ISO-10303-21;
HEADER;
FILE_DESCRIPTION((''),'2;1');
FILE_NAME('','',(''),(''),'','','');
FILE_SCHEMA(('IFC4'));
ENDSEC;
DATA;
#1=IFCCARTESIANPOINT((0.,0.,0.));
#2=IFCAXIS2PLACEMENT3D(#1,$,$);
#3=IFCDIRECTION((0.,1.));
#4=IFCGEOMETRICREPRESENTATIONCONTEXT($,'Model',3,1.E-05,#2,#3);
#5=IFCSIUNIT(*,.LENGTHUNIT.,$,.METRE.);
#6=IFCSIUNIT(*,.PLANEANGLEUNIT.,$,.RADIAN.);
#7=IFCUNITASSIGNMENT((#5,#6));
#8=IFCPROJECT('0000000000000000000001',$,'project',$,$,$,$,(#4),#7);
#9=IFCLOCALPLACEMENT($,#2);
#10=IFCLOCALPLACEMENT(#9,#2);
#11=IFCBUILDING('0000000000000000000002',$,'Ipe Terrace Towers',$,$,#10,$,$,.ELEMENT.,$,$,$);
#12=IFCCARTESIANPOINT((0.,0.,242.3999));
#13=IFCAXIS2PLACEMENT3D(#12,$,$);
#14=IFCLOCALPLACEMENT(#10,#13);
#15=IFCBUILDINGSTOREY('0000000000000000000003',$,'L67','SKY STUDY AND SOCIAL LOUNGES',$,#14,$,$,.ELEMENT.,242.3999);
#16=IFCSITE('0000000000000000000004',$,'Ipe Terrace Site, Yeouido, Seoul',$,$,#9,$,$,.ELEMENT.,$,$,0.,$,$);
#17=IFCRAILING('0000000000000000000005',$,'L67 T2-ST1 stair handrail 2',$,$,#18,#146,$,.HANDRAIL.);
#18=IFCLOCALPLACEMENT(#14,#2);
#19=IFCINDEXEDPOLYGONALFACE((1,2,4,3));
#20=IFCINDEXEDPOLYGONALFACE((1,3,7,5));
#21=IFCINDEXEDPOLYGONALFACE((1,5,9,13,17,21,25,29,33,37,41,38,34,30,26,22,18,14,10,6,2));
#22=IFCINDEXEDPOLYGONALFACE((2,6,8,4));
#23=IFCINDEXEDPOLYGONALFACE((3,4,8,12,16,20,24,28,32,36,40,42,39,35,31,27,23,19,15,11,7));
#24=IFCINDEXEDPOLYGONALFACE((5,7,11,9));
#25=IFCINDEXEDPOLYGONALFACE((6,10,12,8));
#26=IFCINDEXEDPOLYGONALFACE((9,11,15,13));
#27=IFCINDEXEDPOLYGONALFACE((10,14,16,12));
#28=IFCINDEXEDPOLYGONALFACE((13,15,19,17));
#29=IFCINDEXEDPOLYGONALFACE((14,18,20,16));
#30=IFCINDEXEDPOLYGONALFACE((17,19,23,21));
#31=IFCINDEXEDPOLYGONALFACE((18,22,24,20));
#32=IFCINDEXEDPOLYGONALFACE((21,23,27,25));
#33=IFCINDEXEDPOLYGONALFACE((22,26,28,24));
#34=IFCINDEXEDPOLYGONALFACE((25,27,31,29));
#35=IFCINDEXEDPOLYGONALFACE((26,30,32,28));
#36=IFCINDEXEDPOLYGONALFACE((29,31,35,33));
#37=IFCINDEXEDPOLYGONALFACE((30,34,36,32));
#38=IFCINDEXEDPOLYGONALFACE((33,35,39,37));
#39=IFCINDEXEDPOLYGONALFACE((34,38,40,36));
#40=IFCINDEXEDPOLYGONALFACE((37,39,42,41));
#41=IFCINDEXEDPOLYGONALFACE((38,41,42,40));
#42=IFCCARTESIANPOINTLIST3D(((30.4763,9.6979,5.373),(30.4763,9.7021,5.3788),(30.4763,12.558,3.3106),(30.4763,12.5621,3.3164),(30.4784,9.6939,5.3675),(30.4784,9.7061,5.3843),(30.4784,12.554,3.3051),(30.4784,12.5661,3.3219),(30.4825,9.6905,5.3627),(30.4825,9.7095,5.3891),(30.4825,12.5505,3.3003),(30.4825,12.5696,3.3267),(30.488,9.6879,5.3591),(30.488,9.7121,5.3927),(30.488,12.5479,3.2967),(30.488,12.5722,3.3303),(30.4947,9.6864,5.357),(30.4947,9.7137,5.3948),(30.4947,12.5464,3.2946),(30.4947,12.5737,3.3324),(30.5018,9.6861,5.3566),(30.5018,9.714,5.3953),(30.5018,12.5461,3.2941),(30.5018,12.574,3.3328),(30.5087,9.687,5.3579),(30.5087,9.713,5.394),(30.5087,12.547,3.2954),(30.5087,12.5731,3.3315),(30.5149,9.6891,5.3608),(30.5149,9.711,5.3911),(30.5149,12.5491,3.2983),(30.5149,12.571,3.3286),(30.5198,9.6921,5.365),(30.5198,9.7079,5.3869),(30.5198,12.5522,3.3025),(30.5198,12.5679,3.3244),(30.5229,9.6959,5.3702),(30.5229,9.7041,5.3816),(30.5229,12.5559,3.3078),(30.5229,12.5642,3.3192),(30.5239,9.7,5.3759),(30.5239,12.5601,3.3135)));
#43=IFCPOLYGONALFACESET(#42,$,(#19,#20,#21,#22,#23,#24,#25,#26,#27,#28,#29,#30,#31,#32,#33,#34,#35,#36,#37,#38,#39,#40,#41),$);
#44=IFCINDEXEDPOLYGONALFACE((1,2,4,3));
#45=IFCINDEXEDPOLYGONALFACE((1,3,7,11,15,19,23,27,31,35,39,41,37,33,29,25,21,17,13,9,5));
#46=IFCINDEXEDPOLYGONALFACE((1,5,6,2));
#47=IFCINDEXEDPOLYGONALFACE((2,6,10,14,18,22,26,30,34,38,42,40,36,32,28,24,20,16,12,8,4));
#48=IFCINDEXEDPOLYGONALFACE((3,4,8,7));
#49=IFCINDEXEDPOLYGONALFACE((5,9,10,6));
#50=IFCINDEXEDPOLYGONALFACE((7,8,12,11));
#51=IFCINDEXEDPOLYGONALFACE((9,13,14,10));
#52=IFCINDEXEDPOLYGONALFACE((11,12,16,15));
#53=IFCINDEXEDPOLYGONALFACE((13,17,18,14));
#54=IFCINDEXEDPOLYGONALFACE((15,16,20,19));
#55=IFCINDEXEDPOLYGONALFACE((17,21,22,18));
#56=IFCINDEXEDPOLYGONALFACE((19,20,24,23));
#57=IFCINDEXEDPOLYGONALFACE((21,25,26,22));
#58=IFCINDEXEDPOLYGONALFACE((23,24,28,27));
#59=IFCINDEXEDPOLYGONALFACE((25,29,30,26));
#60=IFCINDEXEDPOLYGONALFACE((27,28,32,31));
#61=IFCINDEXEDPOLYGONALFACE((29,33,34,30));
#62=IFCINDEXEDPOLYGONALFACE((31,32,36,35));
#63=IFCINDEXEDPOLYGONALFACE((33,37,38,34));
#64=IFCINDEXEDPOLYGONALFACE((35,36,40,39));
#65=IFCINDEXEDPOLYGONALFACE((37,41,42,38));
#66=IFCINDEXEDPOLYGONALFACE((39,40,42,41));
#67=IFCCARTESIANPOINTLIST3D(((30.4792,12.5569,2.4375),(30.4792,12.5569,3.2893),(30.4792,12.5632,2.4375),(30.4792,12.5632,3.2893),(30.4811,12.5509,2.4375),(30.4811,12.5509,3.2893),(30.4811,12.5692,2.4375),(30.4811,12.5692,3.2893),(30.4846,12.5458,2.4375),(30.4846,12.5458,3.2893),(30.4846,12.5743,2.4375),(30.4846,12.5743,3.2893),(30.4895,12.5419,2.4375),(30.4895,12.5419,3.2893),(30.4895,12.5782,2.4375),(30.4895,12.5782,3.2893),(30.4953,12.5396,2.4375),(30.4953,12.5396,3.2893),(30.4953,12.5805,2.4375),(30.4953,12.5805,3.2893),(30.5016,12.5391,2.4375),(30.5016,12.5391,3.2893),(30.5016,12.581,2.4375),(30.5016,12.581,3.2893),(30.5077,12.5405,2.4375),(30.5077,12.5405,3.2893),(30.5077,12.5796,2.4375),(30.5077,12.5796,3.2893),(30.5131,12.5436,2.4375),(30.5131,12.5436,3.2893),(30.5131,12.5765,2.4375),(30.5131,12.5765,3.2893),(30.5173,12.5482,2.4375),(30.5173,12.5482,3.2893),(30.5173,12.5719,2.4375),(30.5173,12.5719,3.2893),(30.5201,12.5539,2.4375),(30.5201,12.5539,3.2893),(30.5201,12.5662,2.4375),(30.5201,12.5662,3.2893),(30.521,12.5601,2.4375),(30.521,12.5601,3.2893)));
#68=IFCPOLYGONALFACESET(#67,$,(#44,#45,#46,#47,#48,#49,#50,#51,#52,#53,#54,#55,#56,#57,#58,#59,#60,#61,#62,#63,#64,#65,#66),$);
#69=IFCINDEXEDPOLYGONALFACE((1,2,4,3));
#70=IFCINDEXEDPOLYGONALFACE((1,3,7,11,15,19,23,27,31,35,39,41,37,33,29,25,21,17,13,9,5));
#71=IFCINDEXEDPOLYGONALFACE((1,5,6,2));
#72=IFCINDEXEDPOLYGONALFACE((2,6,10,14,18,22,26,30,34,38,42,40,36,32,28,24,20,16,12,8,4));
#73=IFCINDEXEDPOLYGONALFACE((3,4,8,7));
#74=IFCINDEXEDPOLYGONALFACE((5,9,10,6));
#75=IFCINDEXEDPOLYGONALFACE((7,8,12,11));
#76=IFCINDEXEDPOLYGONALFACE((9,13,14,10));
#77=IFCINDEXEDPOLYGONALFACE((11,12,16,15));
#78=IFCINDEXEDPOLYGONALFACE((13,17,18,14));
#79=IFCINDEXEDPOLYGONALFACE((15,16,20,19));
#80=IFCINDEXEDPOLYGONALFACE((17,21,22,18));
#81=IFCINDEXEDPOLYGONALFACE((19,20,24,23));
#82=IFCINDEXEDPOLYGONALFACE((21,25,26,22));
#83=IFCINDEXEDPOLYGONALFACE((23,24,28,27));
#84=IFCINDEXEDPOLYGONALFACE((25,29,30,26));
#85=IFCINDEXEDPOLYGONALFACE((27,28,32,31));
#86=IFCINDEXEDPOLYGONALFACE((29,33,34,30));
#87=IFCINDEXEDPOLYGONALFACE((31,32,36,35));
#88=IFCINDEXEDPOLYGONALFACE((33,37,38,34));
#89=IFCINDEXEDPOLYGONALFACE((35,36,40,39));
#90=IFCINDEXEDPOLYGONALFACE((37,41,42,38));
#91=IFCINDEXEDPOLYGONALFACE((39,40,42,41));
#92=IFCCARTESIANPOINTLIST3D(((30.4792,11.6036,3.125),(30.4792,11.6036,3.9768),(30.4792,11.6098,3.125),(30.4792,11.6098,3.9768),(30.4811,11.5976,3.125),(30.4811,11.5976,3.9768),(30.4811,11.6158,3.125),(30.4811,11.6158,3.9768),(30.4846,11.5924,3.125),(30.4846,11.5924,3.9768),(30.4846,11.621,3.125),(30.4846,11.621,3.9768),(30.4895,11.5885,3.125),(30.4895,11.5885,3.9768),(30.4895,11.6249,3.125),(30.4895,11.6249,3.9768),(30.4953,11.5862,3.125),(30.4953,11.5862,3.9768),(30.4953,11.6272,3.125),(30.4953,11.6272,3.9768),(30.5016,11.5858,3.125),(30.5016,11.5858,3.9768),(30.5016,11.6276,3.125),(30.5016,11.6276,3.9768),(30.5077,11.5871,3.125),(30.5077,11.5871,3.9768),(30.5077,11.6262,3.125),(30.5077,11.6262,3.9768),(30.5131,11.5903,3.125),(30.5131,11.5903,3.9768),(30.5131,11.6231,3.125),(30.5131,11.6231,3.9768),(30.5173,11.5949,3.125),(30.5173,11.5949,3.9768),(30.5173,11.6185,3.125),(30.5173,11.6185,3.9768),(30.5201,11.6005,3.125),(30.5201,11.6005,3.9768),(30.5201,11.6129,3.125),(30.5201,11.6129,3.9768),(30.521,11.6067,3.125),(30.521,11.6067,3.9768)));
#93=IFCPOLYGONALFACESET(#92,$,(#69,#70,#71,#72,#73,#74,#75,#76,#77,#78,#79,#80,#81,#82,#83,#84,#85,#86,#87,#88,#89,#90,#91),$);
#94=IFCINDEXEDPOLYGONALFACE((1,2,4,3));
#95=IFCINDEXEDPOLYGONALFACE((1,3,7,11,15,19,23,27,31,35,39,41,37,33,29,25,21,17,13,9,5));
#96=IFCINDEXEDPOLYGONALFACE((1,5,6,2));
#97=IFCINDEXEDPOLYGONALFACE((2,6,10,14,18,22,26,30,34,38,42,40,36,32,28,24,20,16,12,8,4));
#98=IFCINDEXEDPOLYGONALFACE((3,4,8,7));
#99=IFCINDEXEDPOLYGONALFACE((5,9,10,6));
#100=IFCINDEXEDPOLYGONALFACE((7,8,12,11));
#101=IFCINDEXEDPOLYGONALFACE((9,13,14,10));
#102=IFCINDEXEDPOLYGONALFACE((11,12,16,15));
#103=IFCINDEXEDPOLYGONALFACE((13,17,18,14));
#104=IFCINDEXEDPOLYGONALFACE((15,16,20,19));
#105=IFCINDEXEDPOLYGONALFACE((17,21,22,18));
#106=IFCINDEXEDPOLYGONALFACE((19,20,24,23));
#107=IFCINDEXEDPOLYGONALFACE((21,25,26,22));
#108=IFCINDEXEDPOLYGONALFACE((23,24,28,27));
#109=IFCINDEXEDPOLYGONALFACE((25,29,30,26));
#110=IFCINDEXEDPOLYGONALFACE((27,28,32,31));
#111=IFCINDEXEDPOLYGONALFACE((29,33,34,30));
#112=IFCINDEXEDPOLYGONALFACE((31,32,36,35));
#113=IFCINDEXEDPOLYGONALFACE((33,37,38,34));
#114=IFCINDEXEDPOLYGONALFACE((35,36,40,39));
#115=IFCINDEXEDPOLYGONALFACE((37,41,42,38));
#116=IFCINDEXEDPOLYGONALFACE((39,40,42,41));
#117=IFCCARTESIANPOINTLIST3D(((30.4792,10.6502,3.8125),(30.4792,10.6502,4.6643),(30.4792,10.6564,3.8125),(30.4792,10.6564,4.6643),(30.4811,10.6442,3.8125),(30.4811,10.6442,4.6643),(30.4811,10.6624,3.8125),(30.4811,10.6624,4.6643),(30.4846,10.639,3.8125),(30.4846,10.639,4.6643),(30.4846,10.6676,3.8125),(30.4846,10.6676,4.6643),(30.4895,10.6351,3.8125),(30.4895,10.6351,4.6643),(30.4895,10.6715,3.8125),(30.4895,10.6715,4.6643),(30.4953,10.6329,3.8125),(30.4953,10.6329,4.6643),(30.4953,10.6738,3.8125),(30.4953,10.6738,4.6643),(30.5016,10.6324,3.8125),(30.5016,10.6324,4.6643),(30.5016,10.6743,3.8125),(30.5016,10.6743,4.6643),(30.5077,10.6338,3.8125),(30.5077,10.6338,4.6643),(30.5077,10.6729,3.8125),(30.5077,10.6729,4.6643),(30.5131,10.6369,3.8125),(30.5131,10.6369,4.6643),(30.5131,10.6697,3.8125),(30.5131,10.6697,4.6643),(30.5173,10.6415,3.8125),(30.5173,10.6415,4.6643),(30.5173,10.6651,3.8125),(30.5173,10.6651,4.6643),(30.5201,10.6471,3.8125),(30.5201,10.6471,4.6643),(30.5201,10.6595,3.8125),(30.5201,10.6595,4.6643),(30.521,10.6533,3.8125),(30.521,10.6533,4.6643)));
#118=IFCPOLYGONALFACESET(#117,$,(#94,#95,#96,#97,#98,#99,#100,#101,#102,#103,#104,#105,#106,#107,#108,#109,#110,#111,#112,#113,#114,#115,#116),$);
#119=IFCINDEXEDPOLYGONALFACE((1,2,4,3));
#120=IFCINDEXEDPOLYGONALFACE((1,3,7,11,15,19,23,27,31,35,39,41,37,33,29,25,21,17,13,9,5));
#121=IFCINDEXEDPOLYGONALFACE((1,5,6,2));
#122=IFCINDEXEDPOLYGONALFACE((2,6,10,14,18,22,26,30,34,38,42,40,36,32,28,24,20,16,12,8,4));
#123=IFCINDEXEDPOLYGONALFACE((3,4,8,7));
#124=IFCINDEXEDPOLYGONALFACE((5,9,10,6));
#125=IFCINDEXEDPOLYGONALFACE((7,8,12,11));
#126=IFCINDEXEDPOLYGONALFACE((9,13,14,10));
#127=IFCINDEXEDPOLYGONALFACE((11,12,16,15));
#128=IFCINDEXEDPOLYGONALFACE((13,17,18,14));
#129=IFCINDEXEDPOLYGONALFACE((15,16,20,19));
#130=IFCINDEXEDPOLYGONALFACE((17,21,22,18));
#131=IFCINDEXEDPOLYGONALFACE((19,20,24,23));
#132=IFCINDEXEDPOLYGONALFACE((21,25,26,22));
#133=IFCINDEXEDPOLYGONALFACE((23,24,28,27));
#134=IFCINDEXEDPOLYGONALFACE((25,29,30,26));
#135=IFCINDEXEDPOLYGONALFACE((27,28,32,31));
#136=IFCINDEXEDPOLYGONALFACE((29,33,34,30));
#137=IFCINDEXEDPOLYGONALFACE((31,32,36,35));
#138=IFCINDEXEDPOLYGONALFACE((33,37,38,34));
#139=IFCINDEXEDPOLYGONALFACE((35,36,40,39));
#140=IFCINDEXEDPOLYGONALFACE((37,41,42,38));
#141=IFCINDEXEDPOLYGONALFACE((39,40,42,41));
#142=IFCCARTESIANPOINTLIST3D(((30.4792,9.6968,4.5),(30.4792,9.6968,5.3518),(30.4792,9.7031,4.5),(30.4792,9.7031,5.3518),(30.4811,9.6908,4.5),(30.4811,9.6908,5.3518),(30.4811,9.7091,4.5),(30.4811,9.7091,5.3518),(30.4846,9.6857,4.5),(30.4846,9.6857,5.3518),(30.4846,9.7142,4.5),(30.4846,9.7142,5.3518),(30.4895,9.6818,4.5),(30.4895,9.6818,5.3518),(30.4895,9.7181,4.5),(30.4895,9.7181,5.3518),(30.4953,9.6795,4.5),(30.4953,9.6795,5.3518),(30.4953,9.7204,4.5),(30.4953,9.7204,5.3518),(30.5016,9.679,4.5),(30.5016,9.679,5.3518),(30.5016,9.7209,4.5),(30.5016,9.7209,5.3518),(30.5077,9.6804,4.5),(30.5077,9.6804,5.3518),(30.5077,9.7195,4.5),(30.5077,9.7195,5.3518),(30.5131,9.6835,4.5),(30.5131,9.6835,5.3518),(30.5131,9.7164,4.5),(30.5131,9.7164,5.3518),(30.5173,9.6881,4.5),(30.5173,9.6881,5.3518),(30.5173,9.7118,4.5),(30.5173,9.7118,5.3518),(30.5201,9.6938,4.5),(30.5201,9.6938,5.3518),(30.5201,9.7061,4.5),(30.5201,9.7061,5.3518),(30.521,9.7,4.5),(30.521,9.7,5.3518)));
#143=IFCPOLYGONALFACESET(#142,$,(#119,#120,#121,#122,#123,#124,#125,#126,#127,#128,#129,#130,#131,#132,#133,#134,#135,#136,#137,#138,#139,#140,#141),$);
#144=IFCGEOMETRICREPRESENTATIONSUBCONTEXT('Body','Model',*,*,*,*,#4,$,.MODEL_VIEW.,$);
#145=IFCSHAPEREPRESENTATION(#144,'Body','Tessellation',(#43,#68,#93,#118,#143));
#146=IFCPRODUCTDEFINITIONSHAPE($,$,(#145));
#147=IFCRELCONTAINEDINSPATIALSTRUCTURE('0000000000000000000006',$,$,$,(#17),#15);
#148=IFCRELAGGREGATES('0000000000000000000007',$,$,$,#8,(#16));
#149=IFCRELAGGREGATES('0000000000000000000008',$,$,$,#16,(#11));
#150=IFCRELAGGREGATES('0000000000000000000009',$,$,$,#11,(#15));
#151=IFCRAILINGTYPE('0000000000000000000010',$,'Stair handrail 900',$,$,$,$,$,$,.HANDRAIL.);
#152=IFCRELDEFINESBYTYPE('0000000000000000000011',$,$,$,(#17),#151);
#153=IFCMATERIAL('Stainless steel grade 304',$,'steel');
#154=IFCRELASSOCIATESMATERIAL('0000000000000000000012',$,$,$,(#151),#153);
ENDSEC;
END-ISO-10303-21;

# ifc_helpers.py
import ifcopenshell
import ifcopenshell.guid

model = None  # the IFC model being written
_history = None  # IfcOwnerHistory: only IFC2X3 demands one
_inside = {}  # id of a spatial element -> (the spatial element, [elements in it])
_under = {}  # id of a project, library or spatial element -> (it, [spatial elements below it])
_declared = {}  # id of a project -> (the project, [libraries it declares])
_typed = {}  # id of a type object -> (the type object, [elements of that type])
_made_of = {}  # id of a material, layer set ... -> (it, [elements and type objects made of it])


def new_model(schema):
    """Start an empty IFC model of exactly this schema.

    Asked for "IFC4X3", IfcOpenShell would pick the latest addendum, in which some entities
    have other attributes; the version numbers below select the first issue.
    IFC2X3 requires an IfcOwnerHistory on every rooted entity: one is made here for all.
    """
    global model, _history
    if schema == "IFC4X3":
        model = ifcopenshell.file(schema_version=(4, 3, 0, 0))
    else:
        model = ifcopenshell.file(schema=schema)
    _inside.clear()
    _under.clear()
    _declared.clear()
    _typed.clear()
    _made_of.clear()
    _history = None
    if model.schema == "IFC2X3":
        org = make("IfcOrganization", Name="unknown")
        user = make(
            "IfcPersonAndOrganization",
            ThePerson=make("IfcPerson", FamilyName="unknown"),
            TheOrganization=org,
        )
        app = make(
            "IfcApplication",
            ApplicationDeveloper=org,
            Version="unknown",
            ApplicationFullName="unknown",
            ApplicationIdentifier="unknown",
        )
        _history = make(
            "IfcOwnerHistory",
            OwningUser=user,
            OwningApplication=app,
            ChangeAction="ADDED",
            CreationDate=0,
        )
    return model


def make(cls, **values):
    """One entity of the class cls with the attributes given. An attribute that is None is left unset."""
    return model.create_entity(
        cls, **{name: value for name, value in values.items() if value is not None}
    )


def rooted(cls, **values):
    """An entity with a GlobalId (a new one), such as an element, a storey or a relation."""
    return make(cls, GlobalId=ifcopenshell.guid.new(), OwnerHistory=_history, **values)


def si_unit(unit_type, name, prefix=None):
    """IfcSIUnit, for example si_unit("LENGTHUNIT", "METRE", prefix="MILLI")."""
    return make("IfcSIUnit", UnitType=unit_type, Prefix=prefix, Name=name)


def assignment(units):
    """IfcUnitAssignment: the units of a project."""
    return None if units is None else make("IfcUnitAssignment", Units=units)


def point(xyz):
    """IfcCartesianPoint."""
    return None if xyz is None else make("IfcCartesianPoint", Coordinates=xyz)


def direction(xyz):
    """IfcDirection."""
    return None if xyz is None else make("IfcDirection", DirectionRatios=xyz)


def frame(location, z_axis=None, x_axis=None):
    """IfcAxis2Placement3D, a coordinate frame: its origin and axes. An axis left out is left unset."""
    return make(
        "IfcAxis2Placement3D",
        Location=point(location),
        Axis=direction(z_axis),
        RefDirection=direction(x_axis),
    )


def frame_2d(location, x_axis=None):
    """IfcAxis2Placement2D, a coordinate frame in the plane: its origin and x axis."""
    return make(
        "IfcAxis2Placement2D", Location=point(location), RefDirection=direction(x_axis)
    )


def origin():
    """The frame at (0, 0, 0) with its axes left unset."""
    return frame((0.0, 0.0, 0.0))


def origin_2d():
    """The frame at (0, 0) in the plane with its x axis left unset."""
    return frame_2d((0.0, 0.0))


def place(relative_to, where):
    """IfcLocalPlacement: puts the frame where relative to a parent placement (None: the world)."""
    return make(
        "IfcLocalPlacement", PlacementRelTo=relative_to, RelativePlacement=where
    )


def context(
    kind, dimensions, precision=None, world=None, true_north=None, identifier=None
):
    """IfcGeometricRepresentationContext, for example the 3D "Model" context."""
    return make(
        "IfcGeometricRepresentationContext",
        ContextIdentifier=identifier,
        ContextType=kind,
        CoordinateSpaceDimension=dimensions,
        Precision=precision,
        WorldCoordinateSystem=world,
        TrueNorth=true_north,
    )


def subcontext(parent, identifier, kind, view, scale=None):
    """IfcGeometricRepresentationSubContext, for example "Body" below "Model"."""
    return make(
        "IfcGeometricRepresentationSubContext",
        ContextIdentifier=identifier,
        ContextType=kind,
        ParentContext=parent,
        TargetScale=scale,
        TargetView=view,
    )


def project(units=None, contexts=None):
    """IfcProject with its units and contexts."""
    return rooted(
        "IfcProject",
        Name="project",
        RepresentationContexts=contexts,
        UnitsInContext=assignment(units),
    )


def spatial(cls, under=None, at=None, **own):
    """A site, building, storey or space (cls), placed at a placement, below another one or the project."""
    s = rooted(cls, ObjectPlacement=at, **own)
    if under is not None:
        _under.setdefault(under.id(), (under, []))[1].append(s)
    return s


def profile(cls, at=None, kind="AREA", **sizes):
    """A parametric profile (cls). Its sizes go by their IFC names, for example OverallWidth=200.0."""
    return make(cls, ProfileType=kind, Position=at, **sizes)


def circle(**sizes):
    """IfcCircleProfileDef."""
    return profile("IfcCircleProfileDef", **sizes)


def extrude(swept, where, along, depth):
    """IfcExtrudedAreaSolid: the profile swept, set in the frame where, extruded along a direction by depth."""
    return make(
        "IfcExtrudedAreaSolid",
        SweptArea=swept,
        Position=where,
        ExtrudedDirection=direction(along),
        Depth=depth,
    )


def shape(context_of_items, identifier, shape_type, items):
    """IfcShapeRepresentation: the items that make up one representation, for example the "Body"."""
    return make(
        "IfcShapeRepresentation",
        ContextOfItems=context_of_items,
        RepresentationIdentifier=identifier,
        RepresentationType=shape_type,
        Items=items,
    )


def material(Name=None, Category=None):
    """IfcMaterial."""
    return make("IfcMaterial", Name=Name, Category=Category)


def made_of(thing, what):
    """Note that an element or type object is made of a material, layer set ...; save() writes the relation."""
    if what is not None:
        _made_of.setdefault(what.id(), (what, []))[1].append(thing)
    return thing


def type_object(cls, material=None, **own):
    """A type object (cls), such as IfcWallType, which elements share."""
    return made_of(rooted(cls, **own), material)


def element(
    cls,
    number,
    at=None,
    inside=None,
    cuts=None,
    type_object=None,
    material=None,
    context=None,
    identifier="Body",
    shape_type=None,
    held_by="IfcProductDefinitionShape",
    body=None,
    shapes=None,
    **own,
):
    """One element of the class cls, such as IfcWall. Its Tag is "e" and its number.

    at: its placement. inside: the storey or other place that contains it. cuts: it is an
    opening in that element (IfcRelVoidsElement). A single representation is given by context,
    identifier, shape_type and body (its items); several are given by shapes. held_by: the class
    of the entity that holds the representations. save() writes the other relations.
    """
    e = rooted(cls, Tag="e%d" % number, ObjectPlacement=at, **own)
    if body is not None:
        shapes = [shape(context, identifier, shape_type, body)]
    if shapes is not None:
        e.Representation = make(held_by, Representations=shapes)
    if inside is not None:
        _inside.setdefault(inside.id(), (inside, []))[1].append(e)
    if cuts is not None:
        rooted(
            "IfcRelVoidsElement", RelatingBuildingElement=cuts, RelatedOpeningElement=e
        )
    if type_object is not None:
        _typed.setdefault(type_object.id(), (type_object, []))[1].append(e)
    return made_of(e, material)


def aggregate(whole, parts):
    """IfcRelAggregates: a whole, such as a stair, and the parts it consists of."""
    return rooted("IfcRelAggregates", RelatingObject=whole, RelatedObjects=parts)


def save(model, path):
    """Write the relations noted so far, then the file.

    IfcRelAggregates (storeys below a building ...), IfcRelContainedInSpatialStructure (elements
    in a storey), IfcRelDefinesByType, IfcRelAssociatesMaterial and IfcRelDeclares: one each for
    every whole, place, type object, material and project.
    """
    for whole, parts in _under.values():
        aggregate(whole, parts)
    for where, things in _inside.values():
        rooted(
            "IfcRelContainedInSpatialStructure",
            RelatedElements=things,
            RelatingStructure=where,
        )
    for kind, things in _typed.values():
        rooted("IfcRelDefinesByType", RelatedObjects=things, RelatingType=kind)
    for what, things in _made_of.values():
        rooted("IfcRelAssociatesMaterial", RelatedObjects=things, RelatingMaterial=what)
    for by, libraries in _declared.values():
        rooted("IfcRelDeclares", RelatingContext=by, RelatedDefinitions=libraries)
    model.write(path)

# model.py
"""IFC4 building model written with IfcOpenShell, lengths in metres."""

from ifc_helpers import new_model, si_unit, direction, frame, origin, origin_2d, place, context, subcontext, project, spatial, circle, extrude, material, type_object, element, save


model = new_model("IFC4")

# Units and contexts
model_context = context("Model", 3, precision=1e-05, world=origin(), true_north=direction((0.0, 1.0)))
body_context = subcontext(model_context, "Body", "Model", "MODEL_VIEW")
ifc_project = project(units=[si_unit("LENGTHUNIT", "METRE"), si_unit("PLANEANGLEUNIT", "RADIAN")], contexts=[model_context])

# Site, building, storey
site_placement = place(None, origin())
site = spatial("IfcSite", under=ifc_project, at=site_placement, Name="Ipe Terrace Site, Yeouido, Seoul", CompositionType="ELEMENT", RefElevation=0.0)
building_placement = place(site_placement, origin())
building = spatial("IfcBuilding", under=site, at=building_placement, Name="Ipe Terrace Towers", CompositionType="ELEMENT")
storey_placement = place(building_placement, frame((0.0, 0.0, 242.3999)))
storey = spatial("IfcBuildingStorey", under=building, at=storey_placement, Name="L67", Description="SKY STUDY AND SOCIAL LOUNGES", CompositionType="ELEMENT", Elevation=242.3999)

# Railing
ifc_material_1 = material(Name="Stainless steel grade 304", Category="steel")
railing_type_1 = type_object("IfcRailingType", Name="Stair handrail 900", PredefinedType="HANDRAIL", material=ifc_material_1)
railing_1_placement = place(storey_placement, frame((30.5, 12.5601, 2.4375)))
element("IfcRailing", 1, at=railing_1_placement, inside=storey, type_object=railing_type_1, Name="L67 T2-ST1 stair handrail 2", PredefinedType="HANDRAIL", context=body_context, shape_type="SweptSolid", body=[
    extrude(circle(Radius=0.0239, at=origin_2d()), frame((0.0, 0.0, 0.876), z_axis=(0.0, -0.811101, 0.584906), x_axis=(1.0, 0.0, 0.0)), (0.0, 0.0, 1.0), 3.5261),
    extrude(circle(Radius=0.021, at=origin_2d()), origin(), (0.0, 0.0, 1.0), 0.8518),
    extrude(circle(Radius=0.021, at=origin_2d()), frame((0.0, -0.9534, 0.6875)), (0.0, 0.0, 1.0), 0.8518),
    extrude(circle(Radius=0.021, at=origin_2d()), frame((0.0, -1.9067, 1.375)), (0.0, 0.0, 1.0), 0.8518),
    extrude(circle(Radius=0.021, at=origin_2d()), frame((0.0, -2.8601, 2.0625)), (0.0, 0.0, 1.0), 0.8518),
])

save(model, "model.ifc")
